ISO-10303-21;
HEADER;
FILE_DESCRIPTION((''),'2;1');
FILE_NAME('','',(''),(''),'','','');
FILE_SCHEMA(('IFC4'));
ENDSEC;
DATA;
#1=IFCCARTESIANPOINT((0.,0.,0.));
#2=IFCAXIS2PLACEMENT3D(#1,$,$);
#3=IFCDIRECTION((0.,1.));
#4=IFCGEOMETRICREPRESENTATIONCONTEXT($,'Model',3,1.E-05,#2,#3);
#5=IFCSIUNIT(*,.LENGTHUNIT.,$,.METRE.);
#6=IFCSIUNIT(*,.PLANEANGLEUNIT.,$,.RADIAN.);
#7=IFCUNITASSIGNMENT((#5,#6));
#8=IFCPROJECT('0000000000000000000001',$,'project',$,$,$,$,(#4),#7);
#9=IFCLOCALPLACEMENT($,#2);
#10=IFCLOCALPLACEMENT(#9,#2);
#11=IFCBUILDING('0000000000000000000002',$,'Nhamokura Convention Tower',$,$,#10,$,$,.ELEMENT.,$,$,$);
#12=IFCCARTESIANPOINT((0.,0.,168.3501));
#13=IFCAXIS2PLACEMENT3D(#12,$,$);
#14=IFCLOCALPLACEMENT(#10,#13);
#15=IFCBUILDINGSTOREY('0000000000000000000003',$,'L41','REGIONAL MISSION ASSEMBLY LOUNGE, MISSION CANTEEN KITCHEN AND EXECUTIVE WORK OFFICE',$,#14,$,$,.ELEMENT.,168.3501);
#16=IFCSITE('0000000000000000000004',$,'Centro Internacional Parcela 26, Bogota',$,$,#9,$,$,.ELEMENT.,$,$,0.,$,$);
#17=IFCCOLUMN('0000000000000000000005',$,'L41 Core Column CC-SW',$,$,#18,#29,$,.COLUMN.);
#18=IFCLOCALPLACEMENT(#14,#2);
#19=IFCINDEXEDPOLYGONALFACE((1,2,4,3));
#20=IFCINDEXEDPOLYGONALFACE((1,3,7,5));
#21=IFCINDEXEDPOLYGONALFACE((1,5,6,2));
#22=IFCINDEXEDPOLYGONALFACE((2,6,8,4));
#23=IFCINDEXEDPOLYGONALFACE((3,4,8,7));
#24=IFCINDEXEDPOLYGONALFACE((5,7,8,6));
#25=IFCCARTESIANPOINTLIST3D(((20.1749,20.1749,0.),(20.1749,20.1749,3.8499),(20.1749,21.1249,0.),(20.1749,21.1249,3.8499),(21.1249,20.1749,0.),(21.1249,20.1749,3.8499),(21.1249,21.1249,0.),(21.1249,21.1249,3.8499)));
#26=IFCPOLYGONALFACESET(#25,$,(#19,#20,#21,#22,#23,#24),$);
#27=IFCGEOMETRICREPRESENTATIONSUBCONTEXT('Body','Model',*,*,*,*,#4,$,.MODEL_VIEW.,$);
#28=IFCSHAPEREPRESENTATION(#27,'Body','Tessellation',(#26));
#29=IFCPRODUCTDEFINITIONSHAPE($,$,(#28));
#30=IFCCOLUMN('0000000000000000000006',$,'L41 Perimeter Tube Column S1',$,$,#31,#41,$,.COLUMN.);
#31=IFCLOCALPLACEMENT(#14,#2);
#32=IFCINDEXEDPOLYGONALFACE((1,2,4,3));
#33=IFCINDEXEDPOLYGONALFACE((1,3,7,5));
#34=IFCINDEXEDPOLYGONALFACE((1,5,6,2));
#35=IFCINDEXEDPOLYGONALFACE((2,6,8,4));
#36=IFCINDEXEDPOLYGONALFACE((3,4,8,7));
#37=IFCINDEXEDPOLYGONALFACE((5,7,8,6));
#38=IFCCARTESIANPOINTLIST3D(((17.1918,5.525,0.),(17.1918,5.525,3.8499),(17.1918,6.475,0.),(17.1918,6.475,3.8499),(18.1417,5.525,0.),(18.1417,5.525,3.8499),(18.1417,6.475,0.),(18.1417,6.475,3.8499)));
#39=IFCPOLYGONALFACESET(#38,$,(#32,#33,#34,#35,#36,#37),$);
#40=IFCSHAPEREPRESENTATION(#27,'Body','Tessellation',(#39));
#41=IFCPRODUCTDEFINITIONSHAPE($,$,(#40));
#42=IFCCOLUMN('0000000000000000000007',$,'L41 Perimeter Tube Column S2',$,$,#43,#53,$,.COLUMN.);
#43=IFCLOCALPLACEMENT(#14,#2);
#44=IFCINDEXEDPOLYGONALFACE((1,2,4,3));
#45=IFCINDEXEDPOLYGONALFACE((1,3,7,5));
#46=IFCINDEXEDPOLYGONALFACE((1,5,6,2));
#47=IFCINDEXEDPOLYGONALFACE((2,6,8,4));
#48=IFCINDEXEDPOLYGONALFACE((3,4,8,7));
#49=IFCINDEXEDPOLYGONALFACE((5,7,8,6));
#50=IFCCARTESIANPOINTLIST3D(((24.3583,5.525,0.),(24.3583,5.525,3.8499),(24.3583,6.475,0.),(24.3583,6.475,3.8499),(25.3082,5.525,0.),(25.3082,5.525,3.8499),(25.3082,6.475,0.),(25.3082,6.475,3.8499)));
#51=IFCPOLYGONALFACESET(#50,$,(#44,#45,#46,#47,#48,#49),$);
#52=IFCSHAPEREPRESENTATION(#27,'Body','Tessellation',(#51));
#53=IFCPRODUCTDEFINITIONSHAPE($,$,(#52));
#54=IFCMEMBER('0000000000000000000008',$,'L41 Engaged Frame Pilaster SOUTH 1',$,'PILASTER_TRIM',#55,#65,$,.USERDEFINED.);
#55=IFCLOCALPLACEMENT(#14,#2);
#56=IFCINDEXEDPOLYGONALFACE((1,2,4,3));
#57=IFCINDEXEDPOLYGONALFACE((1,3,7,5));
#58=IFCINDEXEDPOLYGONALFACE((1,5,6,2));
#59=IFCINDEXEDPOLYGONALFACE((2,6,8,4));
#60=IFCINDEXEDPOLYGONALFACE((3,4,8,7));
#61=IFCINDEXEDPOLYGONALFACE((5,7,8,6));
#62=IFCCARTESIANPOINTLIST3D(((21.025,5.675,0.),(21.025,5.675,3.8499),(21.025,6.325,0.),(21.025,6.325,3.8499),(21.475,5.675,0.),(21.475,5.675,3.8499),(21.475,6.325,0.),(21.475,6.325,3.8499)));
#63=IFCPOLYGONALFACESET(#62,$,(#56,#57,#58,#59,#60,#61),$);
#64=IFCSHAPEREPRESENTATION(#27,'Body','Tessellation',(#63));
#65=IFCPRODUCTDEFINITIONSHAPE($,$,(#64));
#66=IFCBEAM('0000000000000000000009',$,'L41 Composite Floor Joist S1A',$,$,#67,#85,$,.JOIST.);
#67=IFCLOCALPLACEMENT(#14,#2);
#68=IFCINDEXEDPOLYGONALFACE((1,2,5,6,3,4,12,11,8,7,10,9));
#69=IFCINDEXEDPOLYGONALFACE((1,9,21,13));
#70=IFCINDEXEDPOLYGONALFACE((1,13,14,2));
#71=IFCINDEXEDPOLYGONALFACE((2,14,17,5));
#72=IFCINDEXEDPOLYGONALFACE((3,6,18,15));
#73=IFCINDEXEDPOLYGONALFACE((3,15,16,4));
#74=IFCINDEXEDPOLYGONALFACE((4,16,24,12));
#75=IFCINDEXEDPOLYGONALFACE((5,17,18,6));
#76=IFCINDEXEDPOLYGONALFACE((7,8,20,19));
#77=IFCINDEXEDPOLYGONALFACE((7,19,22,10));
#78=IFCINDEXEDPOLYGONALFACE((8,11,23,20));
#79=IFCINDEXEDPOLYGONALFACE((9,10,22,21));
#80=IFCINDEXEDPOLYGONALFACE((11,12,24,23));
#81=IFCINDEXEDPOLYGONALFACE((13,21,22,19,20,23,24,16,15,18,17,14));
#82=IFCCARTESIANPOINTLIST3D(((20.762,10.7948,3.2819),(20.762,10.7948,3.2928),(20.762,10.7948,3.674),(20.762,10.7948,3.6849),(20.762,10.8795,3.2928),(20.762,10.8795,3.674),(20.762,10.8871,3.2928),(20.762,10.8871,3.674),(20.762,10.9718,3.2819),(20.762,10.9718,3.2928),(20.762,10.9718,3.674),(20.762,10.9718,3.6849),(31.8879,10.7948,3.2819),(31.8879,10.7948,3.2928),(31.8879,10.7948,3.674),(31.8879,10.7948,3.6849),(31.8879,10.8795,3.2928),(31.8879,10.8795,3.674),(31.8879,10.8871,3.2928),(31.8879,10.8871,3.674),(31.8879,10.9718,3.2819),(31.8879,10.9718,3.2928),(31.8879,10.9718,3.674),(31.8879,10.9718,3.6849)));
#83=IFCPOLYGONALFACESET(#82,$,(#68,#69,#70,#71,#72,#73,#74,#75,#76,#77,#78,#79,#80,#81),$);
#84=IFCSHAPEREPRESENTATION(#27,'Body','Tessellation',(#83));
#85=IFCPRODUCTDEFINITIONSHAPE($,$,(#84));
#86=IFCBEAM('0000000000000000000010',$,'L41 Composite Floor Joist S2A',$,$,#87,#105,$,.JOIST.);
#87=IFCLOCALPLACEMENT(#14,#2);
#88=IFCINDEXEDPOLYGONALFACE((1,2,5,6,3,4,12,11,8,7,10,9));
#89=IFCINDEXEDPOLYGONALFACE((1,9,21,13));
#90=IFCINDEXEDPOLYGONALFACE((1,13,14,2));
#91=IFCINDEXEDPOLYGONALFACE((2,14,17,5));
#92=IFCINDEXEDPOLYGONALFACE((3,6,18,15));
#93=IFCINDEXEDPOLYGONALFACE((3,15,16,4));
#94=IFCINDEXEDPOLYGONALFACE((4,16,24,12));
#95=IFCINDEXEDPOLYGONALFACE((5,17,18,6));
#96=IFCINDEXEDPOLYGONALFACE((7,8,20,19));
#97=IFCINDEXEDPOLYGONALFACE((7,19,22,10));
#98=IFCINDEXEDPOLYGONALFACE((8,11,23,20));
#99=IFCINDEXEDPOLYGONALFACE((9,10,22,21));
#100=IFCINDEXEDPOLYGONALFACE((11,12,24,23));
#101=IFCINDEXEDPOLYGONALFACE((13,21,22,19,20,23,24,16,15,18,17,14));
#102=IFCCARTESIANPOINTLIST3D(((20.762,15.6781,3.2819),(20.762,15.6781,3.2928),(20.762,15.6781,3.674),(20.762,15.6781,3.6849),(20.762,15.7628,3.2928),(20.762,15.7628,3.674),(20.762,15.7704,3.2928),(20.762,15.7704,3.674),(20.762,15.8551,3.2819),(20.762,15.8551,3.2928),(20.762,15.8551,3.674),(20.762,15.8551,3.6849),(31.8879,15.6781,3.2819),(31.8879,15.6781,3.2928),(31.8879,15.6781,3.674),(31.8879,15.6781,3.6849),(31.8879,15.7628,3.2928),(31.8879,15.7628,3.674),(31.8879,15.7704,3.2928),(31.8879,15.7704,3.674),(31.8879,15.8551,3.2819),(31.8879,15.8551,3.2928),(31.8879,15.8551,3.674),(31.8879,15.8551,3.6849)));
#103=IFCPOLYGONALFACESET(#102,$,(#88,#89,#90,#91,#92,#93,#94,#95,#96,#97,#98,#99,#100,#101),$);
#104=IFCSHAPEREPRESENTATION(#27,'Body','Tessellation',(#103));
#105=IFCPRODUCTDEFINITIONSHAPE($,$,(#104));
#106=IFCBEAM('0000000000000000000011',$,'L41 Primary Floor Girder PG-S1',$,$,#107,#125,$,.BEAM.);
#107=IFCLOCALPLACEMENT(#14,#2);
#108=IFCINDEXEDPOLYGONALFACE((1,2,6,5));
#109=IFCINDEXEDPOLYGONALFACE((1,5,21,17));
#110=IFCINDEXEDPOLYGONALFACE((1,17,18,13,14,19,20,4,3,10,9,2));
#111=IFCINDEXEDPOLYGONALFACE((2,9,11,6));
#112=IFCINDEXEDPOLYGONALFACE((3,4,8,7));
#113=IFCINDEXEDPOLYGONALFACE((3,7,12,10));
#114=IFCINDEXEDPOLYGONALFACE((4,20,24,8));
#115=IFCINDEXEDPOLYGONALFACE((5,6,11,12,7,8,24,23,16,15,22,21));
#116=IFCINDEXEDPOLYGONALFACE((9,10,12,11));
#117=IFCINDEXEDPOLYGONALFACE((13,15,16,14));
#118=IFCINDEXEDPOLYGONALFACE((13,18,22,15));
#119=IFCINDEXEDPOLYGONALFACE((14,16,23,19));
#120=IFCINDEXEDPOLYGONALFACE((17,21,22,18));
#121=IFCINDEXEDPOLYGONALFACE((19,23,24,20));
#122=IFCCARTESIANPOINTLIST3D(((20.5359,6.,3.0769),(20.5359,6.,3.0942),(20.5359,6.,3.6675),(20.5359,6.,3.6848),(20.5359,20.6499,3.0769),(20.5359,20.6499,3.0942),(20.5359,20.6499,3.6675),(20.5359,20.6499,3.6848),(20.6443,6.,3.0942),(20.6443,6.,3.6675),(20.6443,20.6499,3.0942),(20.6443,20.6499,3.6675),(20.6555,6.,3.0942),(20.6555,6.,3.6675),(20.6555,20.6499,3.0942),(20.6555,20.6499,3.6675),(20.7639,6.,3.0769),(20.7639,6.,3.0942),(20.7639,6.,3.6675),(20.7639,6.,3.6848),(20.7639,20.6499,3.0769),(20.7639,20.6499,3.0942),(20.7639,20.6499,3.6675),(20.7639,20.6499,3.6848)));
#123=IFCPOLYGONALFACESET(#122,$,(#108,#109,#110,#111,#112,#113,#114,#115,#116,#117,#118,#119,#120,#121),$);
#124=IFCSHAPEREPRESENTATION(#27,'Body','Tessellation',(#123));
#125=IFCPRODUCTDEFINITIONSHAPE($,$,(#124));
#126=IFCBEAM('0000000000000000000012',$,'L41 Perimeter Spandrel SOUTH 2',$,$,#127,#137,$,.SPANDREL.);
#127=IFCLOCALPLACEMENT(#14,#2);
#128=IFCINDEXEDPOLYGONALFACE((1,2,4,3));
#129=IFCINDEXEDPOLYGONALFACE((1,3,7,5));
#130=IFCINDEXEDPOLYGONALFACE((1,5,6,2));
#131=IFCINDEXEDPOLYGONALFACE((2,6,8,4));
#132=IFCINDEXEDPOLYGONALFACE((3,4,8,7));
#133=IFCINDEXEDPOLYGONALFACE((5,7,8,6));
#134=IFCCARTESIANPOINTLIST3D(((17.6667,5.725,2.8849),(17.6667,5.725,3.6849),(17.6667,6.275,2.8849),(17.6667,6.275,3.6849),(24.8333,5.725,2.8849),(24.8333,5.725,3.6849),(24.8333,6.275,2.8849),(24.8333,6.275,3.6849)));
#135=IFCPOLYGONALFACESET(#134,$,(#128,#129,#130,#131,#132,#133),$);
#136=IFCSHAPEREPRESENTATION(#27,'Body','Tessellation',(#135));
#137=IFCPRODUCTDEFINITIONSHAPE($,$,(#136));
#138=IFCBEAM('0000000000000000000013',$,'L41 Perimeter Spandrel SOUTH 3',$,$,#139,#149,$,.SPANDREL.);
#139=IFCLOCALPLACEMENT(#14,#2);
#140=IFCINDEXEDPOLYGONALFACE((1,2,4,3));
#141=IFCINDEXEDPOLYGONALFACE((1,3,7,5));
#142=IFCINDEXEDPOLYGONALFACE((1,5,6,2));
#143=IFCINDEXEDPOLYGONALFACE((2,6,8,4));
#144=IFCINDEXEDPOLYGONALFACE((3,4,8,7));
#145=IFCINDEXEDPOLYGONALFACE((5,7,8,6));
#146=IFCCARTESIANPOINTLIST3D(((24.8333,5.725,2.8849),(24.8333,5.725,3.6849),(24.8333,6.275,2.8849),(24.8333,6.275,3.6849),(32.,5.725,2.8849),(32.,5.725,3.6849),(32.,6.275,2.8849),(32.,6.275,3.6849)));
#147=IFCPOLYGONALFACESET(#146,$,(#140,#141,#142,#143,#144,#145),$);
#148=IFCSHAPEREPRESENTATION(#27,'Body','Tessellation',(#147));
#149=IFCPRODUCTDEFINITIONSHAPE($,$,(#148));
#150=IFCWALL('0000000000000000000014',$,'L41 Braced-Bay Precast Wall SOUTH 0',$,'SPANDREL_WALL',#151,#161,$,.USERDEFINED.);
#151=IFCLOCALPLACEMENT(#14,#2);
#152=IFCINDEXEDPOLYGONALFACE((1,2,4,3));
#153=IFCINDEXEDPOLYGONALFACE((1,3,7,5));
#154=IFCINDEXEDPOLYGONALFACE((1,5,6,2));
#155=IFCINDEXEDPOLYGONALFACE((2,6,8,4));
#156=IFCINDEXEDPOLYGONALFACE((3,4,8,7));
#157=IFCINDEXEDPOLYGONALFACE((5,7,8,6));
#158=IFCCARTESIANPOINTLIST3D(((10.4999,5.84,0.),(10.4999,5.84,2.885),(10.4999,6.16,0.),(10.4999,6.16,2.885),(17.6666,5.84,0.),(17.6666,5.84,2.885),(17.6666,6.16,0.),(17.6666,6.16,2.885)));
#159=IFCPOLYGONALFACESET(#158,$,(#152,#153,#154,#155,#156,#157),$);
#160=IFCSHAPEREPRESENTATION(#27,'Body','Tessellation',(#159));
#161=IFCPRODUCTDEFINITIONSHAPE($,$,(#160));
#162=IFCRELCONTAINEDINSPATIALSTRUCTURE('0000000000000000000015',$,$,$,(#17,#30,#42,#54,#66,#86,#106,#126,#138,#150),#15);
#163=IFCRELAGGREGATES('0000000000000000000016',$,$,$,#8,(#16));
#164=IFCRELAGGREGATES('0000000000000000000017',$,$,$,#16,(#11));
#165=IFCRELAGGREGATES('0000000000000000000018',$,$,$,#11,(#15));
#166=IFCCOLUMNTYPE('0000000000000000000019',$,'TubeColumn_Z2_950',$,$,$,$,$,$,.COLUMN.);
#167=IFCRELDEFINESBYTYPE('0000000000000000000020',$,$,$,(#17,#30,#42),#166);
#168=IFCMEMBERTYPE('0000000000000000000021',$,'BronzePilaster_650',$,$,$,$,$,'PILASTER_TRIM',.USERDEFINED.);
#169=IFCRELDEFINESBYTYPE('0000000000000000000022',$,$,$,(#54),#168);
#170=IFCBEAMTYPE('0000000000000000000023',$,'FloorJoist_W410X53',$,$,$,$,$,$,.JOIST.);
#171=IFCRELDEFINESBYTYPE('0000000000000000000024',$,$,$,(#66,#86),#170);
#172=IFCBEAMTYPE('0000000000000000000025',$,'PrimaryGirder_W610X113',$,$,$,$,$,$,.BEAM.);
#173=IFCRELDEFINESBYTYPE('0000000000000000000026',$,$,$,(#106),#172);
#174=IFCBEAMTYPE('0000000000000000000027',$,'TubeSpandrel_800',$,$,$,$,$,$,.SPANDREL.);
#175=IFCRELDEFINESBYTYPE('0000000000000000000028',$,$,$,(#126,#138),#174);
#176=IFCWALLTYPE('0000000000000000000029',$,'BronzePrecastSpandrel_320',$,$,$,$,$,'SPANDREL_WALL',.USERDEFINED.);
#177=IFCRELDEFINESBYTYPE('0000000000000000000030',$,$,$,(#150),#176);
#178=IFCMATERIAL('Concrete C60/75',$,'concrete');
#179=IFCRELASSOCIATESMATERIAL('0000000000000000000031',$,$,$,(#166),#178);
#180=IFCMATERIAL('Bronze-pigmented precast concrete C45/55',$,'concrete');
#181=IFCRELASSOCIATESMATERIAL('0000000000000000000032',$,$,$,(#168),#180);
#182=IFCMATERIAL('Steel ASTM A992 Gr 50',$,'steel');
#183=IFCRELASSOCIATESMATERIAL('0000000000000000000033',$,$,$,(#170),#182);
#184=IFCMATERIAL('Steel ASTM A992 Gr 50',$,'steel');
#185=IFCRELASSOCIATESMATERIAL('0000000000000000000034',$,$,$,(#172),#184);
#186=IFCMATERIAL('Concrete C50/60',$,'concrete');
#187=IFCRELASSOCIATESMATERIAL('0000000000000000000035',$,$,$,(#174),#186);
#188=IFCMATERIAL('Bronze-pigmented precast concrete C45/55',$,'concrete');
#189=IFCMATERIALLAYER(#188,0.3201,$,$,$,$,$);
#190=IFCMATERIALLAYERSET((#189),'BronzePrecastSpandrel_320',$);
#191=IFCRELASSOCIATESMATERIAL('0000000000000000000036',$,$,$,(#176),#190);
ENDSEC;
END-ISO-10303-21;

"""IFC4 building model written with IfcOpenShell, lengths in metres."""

from ifc_helpers import new_model, si_unit, direction, frame, frame_2d, origin, origin_2d, place, context, subcontext, project, spatial, rectangle, i_section, extrude, material, layer, layer_set, material_profile, profile_set, type_object, element, save


model = new_model("IFC4")

# Units and contexts
model_context = context("Model", 3, precision=1e-05, world=origin(), true_north=direction((0.0, 1.0)))
body_context = subcontext(model_context, "Body", "Model", "MODEL_VIEW")
ifc_project = project(units=[si_unit("LENGTHUNIT", "METRE"), si_unit("PLANEANGLEUNIT", "RADIAN")], contexts=[model_context])

# Site, building, storey
site_placement = place(None, origin())
site = spatial("IfcSite", under=ifc_project, at=site_placement, Name="Centro Internacional Parcela 26, Bogota", CompositionType="ELEMENT", RefElevation=0.0)
building_placement = place(site_placement, origin())
building = spatial("IfcBuilding", under=site, at=building_placement, Name="Nhamokura Convention Tower", CompositionType="ELEMENT")
storey_placement = place(building_placement, frame((0.0, 0.0, 168.3501)))
storey = spatial("IfcBuildingStorey", under=building, at=storey_placement, Name="L41", Description="REGIONAL MISSION ASSEMBLY LOUNGE, MISSION CANTEEN KITCHEN AND EXECUTIVE WORK OFFICE", CompositionType="ELEMENT", Elevation=168.3501)

# Columns
ifc_material_1 = material(Name="Concrete C60/75", Category="concrete")
ifc_material_profile_1 = material_profile(ifc_material_1, rectangle(XDim=0.95, YDim=0.95, at=origin_2d()))
ifc_profile_set_1 = profile_set([ifc_material_profile_1], Name="Concrete C60/75")
column_type = type_object("IfcColumnType", Name="TubeColumn_Z2_950", PredefinedType="COLUMN", material=ifc_profile_set_1)
for number, where, z_axis, x_axis, name in (
    (1, (20.6499, 20.6499, 0.0), (0.0, 0.0, 1.0), (1.0, 0.0, 0.0), "L41 Core Column CC-SW"),
    (2, (17.6667, 6.0, 0.0), (0.0, 0.0, 1.0), (1.0, 0.0, 0.0), "L41 Perimeter Tube Column S1"),
    (3, (24.8333, 6.0, 0.0), (0.0, 0.0, 1.0), (1.0, 0.0, 0.0), "L41 Perimeter Tube Column S2"),
):
    element("IfcColumn", number, at=place(storey_placement, frame(where, z_axis=z_axis, x_axis=x_axis)), inside=storey, type_object=column_type, Name=name, PredefinedType="COLUMN", context=body_context, shape_type="SweptSolid", body=[
        extrude(rectangle(XDim=0.95, YDim=0.95, at=origin_2d()), origin(), (0.0, 0.0, 1.0), 3.8499),
    ])

# Member
ifc_material_2 = material(Name="Bronze-pigmented precast concrete C45/55", Category="concrete")
ifc_material_profile_2 = material_profile(ifc_material_2, rectangle(XDim=0.45, YDim=0.6499, at=origin_2d()))
ifc_profile_set_2 = profile_set([ifc_material_profile_2], Name="Bronze-pigmented precast concrete C45/55")
member_type = type_object("IfcMemberType", Name="BronzePilaster_650", ElementType="PILASTER_TRIM", PredefinedType="USERDEFINED", material=ifc_profile_set_2)
member_placement = place(storey_placement, frame((21.25, 6.0, 0.0), z_axis=(0.0, 0.0, 1.0), x_axis=(1.0, 0.0, 0.0)))
element("IfcMember", 4, at=member_placement, inside=storey, type_object=member_type, Name="L41 Engaged Frame Pilaster SOUTH 1", ObjectType="PILASTER_TRIM", PredefinedType="USERDEFINED", context=body_context, shape_type="SweptSolid", body=[
    extrude(rectangle(XDim=0.45, YDim=0.6499, at=origin_2d()), origin(), (0.0, 0.0, 1.0), 3.8499),
])

# Beams
ifc_material_3 = material(Name="Steel ASTM A992 Gr 50", Category="steel")
ifc_material_profile_3 = material_profile(ifc_material_3, i_section(OverallWidth=0.177, OverallDepth=0.4031, WebThickness=0.0076, FlangeThickness=0.011, at=origin_2d()))
ifc_profile_set_3 = profile_set([ifc_material_profile_3], Name="Steel ASTM A992 Gr 50")
beam_type_1 = type_object("IfcBeamType", Name="FloorJoist_W410X53", PredefinedType="JOIST", material=ifc_profile_set_3)
for number, where, z_axis, x_axis, name in (
    (5, (20.762, 10.8833, 3.4834), (1.0, 0.0, 0.0), (0.0, 1.0, 0.0), "L41 Composite Floor Joist S1A"),
    (6, (20.762, 15.7666, 3.4834), (1.0, 0.0, 0.0), (0.0, 1.0, 0.0), "L41 Composite Floor Joist S2A"),
):
    element("IfcBeam", number, at=place(storey_placement, frame(where, z_axis=z_axis, x_axis=x_axis)), inside=storey, type_object=beam_type_1, Name=name, PredefinedType="JOIST", context=body_context, shape_type="SweptSolid", body=[
        extrude(i_section(OverallWidth=0.177, OverallDepth=0.4031, WebThickness=0.0076, FlangeThickness=0.011, at=origin_2d()), origin(), (0.0, 0.0, 1.0), 11.126),
    ])
ifc_material_4 = material(Name="Steel ASTM A992 Gr 50", Category="steel")
ifc_material_profile_4 = material_profile(ifc_material_4, i_section(OverallWidth=0.228, OverallDepth=0.6079, WebThickness=0.0112, FlangeThickness=0.0173, at=origin_2d()))
ifc_profile_set_4 = profile_set([ifc_material_profile_4], Name="Steel ASTM A992 Gr 50")
beam_type_2 = type_object("IfcBeamType", Name="PrimaryGirder_W610X113", PredefinedType="BEAM", material=ifc_profile_set_4)
beam_1_placement = place(storey_placement, frame((20.6499, 6.0, 3.3809), z_axis=(0.0, 1.0, 0.0), x_axis=(-1.0, 0.0, 0.0)))
element("IfcBeam", 7, at=beam_1_placement, inside=storey, type_object=beam_type_2, Name="L41 Primary Floor Girder PG-S1", PredefinedType="BEAM", context=body_context, shape_type="SweptSolid", body=[
    extrude(i_section(OverallWidth=0.228, OverallDepth=0.6079, WebThickness=0.0112, FlangeThickness=0.0173, at=origin_2d()), origin(), (0.0, 0.0, 1.0), 14.6499),
])
ifc_material_5 = material(Name="Concrete C50/60", Category="concrete")
ifc_material_profile_5 = material_profile(ifc_material_5, rectangle(XDim=0.55, YDim=0.8, at=origin_2d()))
ifc_profile_set_5 = profile_set([ifc_material_profile_5], Name="Concrete C50/60")
beam_type_3 = type_object("IfcBeamType", Name="TubeSpandrel_800", PredefinedType="SPANDREL", material=ifc_profile_set_5)
beam_2_placement = place(storey_placement, frame((17.6667, 6.0, 3.2849), z_axis=(1.0, 0.0, 0.0), x_axis=(0.0, 1.0, 0.0)))
element("IfcBeam", 8, at=beam_2_placement, inside=storey, type_object=beam_type_3, Name="L41 Perimeter Spandrel SOUTH 2", PredefinedType="SPANDREL", context=body_context, shape_type="SweptSolid", body=[
    extrude(rectangle(XDim=0.55, YDim=0.8, at=origin_2d()), origin(), (0.0, 0.0, 1.0), 7.1665),
])
beam_3_placement = place(storey_placement, frame((24.8333, 6.0, 3.2849), z_axis=(1.0, 0.0, 0.0), x_axis=(0.0, 1.0, 0.0)))
element("IfcBeam", 9, at=beam_3_placement, inside=storey, type_object=beam_type_3, Name="L41 Perimeter Spandrel SOUTH 3", PredefinedType="SPANDREL", context=body_context, shape_type="SweptSolid", body=[
    extrude(rectangle(XDim=0.55, YDim=0.8, at=origin_2d()), origin(), (0.0, 0.0, 1.0), 7.1667),
])

# Wall
ifc_material_6 = material(Name="Bronze-pigmented precast concrete C45/55", Category="concrete")
ifc_layer_1 = layer(ifc_material_6, 0.3201)
ifc_layer_set_1 = layer_set([ifc_layer_1], Name="BronzePrecastSpandrel_320")
wall_type_1 = type_object("IfcWallType", Name="BronzePrecastSpandrel_320", ElementType="SPANDREL_WALL", PredefinedType="USERDEFINED", material=ifc_layer_set_1)
wall_1_placement = place(storey_placement, frame((17.6667, 6.0, 0.0), z_axis=(0.0, 0.0, 1.0), x_axis=(-1.0, 0.0, 0.0)))
element("IfcWall", 10, at=wall_1_placement, inside=storey, type_object=wall_type_1, Name="L41 Braced-Bay Precast Wall SOUTH 0", ObjectType="SPANDREL_WALL", PredefinedType="USERDEFINED", context=body_context, shape_type="SweptSolid", body=[
    extrude(rectangle(XDim=7.1667, YDim=0.3201, at=frame_2d((3.5835, 0.0))), origin(), (0.0, 0.0, 1.0), 2.885),
])

save(model, "model.ifc")
